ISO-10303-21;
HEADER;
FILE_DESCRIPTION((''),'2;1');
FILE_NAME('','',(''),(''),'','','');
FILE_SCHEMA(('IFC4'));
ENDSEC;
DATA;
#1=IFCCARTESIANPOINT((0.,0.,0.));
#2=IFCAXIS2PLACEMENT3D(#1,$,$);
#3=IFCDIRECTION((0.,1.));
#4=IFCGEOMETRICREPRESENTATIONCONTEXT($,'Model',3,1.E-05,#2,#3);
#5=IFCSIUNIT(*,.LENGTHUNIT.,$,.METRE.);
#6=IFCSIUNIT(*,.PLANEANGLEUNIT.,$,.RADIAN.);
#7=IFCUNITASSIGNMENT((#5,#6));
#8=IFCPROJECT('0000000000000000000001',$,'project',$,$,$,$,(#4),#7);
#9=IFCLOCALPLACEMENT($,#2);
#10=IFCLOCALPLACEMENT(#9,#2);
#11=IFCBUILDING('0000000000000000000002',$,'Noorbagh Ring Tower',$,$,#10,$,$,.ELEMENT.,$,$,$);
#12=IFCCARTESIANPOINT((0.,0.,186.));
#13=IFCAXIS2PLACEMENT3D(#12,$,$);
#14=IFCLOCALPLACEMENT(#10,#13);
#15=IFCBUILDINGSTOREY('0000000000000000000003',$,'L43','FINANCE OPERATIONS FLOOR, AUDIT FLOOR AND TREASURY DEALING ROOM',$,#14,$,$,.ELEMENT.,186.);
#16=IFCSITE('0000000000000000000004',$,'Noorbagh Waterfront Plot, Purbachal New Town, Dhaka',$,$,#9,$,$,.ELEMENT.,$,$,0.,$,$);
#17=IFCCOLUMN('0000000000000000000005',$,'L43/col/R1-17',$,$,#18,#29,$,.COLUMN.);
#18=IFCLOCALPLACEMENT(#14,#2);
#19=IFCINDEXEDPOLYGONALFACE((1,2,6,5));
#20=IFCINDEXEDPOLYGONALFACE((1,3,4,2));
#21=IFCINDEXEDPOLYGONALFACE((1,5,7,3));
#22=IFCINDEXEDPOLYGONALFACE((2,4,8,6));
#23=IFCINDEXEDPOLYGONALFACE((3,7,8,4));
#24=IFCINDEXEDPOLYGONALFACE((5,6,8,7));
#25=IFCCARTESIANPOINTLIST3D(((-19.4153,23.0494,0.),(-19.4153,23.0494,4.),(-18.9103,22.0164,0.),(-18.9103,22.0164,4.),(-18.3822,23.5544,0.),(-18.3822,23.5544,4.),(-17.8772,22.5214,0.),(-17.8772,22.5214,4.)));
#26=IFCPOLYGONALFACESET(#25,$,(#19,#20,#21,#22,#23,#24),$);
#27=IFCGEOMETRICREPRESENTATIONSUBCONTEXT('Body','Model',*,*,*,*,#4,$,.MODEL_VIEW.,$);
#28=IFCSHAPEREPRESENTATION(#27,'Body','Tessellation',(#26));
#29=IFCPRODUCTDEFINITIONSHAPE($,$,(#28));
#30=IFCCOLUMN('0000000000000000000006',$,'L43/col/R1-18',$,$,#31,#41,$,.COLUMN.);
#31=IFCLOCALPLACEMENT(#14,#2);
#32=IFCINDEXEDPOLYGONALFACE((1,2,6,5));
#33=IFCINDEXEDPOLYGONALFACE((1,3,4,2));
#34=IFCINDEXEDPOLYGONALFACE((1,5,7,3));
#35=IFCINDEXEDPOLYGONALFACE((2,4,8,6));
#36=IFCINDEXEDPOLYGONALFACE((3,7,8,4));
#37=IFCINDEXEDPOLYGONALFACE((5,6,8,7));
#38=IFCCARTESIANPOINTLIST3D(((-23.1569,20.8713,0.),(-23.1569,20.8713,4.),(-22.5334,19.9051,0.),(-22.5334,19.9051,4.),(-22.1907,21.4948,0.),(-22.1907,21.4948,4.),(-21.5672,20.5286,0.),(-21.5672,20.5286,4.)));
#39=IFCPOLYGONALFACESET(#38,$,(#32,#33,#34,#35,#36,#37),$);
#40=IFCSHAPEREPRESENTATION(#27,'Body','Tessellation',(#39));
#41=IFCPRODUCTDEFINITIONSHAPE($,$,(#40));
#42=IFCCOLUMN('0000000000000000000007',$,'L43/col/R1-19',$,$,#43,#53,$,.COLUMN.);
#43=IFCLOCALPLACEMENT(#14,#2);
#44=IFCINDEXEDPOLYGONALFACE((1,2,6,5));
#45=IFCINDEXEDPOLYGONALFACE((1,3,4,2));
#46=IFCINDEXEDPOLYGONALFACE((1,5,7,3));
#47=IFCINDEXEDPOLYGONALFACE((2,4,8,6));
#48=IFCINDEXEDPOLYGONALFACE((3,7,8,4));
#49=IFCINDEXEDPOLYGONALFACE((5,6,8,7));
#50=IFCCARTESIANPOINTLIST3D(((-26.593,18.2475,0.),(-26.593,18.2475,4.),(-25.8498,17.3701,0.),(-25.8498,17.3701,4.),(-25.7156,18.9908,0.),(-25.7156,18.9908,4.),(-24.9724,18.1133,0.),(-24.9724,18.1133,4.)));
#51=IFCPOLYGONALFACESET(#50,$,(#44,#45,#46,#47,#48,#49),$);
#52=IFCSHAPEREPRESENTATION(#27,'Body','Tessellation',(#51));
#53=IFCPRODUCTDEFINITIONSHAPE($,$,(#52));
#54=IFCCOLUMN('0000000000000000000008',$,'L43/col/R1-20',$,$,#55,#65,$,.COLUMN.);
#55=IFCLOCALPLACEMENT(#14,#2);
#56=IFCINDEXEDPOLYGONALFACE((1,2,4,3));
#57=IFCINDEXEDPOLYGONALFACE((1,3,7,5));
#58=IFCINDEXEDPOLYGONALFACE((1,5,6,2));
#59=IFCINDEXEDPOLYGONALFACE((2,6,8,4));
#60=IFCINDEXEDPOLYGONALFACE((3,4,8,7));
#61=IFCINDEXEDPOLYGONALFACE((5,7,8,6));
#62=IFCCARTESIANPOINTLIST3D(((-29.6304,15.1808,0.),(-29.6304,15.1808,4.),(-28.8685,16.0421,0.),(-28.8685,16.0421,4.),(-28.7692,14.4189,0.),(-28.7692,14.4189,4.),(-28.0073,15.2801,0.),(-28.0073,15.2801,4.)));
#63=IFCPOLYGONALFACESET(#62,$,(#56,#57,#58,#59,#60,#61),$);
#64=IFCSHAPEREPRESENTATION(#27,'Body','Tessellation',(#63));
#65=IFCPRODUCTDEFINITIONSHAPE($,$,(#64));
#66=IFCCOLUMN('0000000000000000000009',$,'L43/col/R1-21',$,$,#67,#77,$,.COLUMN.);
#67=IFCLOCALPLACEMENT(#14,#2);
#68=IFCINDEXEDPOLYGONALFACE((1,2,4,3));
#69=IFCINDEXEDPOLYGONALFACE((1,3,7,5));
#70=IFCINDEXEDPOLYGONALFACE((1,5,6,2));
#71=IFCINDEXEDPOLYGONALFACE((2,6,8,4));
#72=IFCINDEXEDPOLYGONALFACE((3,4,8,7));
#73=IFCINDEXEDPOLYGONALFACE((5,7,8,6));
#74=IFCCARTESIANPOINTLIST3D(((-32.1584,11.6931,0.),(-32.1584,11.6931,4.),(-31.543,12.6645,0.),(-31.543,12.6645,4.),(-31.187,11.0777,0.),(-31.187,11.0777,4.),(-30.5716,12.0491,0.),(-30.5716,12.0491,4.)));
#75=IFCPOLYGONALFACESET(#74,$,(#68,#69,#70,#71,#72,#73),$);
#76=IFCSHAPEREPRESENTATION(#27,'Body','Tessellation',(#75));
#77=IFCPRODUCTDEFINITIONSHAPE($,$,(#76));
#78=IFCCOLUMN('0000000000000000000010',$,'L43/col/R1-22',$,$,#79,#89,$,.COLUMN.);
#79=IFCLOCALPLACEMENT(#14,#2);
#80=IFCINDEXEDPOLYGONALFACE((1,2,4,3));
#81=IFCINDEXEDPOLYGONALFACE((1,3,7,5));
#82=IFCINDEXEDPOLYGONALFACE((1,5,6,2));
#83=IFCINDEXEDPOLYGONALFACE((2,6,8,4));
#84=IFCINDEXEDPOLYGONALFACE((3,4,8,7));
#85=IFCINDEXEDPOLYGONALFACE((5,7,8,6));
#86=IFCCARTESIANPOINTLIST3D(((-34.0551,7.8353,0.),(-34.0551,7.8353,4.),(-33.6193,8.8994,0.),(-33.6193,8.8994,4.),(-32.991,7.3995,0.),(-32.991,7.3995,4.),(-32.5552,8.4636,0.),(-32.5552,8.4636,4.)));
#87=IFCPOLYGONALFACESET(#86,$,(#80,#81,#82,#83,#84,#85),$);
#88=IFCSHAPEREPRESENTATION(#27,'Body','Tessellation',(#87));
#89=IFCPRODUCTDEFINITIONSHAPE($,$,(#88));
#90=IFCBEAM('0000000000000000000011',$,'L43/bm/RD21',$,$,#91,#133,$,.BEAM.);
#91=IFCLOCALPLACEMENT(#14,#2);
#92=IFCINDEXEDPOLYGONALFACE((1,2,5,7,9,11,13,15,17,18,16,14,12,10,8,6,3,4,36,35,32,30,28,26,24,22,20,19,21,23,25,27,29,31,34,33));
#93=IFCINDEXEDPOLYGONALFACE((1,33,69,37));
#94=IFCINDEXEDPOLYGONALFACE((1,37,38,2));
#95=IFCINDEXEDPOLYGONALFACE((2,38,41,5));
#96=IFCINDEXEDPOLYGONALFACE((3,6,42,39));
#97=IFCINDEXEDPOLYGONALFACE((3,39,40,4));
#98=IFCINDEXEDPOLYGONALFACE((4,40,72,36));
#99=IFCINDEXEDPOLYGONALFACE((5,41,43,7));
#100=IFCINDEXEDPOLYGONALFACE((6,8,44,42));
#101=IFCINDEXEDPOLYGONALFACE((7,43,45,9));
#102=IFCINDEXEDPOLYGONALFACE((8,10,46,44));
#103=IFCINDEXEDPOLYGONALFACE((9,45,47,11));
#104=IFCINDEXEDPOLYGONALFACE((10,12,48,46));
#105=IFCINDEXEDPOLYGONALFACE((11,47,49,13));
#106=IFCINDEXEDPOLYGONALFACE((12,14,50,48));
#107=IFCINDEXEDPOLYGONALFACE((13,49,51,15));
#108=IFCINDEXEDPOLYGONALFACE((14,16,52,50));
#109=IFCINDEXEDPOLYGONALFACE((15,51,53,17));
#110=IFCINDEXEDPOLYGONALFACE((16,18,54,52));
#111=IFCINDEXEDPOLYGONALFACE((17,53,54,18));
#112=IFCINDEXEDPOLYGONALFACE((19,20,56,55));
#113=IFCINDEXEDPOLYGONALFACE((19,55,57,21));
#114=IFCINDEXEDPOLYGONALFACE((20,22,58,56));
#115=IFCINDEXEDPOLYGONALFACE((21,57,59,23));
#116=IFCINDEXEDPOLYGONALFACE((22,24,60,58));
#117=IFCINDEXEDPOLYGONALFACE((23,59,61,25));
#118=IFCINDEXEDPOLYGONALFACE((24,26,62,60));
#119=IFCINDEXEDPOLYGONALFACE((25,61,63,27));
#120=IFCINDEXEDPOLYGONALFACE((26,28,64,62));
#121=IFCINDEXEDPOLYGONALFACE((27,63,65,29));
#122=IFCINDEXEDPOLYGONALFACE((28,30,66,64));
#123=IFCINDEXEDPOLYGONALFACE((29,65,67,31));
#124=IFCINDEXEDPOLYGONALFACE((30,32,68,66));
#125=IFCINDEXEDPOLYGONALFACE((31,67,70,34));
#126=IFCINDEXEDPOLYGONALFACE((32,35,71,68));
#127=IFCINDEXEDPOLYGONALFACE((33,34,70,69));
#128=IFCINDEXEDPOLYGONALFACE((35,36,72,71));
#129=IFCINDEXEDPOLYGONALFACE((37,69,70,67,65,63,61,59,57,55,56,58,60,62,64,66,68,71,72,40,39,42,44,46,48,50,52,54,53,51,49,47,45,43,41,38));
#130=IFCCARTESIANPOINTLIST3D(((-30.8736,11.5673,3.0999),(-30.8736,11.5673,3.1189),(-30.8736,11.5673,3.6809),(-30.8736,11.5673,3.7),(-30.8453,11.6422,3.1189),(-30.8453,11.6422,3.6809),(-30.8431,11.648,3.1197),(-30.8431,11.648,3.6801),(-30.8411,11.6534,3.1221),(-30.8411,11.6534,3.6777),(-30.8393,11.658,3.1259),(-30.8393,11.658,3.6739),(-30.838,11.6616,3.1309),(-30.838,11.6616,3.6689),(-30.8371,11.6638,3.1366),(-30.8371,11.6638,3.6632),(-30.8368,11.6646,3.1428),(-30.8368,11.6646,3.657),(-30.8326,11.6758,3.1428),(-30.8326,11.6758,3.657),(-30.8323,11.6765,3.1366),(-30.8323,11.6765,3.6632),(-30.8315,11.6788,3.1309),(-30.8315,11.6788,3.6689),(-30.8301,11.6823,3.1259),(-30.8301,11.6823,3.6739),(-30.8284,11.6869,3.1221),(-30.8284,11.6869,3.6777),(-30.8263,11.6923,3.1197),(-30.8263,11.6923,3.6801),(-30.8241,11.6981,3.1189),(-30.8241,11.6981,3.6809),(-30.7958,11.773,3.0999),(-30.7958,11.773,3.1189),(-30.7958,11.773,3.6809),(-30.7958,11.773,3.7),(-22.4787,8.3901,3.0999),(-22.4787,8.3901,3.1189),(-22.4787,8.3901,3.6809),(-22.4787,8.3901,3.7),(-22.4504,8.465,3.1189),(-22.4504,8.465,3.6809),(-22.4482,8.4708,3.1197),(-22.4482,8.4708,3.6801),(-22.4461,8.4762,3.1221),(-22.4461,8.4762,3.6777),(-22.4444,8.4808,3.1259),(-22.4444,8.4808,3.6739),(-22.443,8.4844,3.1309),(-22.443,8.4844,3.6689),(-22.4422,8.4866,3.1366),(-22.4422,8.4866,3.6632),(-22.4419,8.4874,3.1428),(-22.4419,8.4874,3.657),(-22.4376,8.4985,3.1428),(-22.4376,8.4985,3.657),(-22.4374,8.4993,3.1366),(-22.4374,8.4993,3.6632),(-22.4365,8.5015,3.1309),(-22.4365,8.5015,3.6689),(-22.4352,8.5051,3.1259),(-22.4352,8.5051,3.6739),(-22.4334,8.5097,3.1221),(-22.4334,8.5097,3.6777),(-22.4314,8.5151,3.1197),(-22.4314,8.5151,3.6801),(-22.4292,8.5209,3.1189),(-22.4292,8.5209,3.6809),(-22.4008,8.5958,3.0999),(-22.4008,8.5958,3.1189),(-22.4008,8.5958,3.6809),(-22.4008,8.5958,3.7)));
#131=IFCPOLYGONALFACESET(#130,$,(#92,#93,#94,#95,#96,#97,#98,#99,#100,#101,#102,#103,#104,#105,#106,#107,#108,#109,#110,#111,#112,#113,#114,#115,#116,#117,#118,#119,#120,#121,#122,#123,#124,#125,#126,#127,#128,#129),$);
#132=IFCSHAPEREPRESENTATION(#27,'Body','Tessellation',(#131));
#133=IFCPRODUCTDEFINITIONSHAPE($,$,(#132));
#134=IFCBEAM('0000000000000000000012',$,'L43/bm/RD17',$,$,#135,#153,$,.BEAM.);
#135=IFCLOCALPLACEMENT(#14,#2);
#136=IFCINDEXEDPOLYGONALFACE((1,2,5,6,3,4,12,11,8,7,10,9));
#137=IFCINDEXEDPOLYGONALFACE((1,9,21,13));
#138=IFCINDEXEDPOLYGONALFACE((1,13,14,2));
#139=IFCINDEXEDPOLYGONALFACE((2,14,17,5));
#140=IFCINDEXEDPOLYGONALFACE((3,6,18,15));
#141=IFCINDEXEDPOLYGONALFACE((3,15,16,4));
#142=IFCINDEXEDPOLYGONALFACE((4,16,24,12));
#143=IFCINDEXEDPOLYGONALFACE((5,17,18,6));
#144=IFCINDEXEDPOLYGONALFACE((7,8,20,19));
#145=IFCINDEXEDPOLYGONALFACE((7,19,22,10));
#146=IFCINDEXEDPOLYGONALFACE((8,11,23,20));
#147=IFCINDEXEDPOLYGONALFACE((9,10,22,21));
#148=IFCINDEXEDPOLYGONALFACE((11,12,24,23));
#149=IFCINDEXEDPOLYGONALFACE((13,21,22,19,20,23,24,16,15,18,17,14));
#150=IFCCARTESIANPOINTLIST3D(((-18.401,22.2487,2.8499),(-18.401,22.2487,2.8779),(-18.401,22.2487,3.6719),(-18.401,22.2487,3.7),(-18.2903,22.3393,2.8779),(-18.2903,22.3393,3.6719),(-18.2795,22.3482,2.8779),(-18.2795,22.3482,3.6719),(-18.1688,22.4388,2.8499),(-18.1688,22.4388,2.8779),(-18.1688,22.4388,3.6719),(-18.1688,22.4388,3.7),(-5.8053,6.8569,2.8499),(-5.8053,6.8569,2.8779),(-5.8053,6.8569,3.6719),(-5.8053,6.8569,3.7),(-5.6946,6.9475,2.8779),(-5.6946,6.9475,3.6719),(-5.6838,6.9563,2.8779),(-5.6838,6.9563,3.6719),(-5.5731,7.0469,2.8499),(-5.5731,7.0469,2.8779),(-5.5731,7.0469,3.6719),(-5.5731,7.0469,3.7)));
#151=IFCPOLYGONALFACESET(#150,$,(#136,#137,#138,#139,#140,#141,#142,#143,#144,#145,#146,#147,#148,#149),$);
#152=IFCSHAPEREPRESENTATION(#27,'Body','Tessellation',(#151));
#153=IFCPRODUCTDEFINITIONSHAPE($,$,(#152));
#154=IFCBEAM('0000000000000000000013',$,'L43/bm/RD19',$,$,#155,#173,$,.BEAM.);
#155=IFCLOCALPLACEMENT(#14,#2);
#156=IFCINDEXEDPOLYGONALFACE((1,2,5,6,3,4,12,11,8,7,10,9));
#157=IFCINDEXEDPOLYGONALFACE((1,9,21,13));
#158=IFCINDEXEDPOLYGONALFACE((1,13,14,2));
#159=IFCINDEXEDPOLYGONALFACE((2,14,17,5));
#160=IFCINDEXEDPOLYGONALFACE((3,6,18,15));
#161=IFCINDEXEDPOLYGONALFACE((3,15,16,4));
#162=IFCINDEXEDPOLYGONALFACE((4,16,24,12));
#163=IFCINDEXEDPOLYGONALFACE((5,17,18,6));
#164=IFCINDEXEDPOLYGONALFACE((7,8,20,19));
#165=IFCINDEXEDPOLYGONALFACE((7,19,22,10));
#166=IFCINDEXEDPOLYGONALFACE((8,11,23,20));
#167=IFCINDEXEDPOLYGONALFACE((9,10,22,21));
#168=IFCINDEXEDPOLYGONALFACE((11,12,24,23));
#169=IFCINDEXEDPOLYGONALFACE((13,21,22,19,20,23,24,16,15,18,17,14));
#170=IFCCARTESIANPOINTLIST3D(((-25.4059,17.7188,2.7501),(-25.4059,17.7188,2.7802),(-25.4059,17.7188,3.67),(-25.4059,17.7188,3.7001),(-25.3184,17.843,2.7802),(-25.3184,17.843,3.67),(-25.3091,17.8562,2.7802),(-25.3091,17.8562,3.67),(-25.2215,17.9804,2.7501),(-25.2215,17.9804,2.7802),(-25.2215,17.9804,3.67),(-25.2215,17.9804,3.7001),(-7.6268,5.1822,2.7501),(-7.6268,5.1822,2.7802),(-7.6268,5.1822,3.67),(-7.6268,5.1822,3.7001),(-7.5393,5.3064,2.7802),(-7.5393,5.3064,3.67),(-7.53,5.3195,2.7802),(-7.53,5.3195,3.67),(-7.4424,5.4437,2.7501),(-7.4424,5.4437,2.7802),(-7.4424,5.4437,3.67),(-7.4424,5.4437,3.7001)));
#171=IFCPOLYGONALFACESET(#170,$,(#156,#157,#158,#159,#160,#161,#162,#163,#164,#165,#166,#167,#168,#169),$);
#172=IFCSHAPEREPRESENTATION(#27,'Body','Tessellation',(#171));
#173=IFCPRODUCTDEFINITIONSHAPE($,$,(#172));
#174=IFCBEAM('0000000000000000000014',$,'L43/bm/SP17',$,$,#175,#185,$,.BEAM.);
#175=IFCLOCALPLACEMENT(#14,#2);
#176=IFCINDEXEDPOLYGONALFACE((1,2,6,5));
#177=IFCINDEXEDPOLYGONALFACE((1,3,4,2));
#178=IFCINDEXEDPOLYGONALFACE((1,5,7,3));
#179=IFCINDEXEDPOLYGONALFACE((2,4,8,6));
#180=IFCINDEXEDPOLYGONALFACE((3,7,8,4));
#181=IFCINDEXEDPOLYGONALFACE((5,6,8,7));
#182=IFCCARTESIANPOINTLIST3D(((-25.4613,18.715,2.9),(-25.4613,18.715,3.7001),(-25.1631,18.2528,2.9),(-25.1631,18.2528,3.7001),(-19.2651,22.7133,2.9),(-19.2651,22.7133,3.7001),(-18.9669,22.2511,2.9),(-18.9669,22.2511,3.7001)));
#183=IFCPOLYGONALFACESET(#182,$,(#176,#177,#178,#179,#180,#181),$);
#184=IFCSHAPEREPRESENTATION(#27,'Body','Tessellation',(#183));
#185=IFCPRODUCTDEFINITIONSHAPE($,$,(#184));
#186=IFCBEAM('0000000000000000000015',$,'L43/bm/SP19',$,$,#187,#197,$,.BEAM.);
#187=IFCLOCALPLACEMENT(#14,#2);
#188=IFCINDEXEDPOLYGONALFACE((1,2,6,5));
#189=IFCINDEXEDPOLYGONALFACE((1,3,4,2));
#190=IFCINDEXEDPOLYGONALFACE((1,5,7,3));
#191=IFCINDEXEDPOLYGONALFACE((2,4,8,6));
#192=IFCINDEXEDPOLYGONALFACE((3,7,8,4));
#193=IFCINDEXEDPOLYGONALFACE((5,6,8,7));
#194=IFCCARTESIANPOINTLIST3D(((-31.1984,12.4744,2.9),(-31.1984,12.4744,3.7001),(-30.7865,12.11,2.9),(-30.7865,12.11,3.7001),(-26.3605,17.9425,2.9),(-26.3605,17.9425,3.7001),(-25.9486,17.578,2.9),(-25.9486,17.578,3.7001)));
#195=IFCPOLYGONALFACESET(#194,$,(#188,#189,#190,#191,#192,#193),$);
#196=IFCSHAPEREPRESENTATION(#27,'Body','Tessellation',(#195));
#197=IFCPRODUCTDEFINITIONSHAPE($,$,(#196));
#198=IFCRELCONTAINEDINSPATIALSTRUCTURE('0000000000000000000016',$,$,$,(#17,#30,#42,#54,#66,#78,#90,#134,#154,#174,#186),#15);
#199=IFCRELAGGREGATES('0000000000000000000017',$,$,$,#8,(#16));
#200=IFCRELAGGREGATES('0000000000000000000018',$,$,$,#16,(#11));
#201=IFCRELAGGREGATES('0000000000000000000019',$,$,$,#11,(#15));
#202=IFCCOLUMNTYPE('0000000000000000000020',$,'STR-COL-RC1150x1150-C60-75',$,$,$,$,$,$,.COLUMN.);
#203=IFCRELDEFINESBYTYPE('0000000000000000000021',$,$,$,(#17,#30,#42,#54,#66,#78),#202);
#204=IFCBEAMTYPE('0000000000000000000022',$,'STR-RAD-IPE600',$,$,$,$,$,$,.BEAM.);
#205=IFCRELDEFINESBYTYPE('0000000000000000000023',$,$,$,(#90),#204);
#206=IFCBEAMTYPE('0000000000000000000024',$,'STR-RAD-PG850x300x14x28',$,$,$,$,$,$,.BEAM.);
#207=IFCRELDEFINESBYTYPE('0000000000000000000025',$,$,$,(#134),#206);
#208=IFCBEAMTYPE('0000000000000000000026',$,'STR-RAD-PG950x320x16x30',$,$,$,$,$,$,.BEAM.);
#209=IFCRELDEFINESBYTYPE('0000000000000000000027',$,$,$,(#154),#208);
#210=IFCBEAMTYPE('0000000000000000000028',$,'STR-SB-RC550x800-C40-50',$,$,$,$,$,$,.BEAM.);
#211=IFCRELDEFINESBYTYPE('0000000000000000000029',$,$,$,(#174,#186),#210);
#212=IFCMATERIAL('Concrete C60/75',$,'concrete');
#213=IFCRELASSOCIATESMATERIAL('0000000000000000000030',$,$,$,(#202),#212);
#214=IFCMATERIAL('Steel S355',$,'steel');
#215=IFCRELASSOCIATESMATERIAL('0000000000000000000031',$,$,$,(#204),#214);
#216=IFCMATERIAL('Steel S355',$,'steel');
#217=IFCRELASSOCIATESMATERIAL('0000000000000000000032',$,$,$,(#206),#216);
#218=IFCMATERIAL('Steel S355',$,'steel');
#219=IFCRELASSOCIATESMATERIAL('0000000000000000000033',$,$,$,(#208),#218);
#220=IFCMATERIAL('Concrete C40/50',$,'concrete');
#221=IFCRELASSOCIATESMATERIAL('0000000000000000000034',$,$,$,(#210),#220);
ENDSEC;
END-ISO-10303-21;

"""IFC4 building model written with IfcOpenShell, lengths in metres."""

from ifc_helpers import new_model, si_unit, direction, frame, origin, origin_2d, place, context, subcontext, project, spatial, rectangle, i_section, extrude, material, material_profile, profile_set, type_object, element, save


model = new_model("IFC4")

# Units and contexts
model_context = context("Model", 3, precision=1e-05, world=origin(), true_north=direction((0.0, 1.0)))
body_context = subcontext(model_context, "Body", "Model", "MODEL_VIEW")
ifc_project = project(units=[si_unit("LENGTHUNIT", "METRE"), si_unit("PLANEANGLEUNIT", "RADIAN")], contexts=[model_context])

# Site, building, storey
site_placement = place(None, origin())
site = spatial("IfcSite", under=ifc_project, at=site_placement, Name="Noorbagh Waterfront Plot, Purbachal New Town, Dhaka", CompositionType="ELEMENT", RefElevation=0.0)
building_placement = place(site_placement, origin())
building = spatial("IfcBuilding", under=site, at=building_placement, Name="Noorbagh Ring Tower", CompositionType="ELEMENT")
storey_placement = place(building_placement, frame((0.0, 0.0, 186.0)))
storey = spatial("IfcBuildingStorey", under=building, at=storey_placement, Name="L43", Description="FINANCE OPERATIONS FLOOR, AUDIT FLOOR AND TREASURY DEALING ROOM", CompositionType="ELEMENT", Elevation=186.0)

# Columns
ifc_material_1 = material(Name="Concrete C60/75", Category="concrete")
ifc_material_profile_1 = material_profile(ifc_material_1, rectangle(XDim=1.1499, YDim=1.1499, at=origin_2d()), Name="RC1150x1150")
ifc_profile_set_1 = profile_set([ifc_material_profile_1], Name="Concrete C60/75")
column_type = type_object("IfcColumnType", Name="STR-COL-RC1150x1150-C60-75", PredefinedType="COLUMN", material=ifc_profile_set_1)
for number, where, z_axis, x_axis, name in (
    (1, (-18.6462, 22.7854, 0.0), (0.0, 0.0, 1.0), (-0.898399, -0.43918, 0.0), "L43/col/R1-17"),
    (2, (-22.3621, 20.7, 0.0), (0.0, 0.0, 1.0), (-0.840248, -0.542203, 0.0), "L43/col/R1-18"),
    (3, (-25.7827, 18.1804, 0.0), (0.0, 0.0, 1.0), (-0.763035, -0.646357, 0.0), "L43/col/R1-19"),
    (4, (-28.8188, 15.2305, 0.0), (0.0, 0.0, 1.0), (-0.662636, -0.748942, 0.0), "L43/col/R1-20"),
    (5, (-31.365, 11.8711, 0.0), (0.0, 0.0, 1.0), (-0.53519, -0.844731, 0.0), "L43/col/R1-21"),
    (6, (-33.3052, 8.1494, 0.0), (0.0, 0.0, 1.0), (-0.378989, -0.925401, 0.0), "L43/col/R1-22"),
):
    element("IfcColumn", number, at=place(storey_placement, frame(where, z_axis=z_axis, x_axis=x_axis)), inside=storey, type_object=column_type, Name=name, PredefinedType="COLUMN", context=body_context, shape_type="SweptSolid", body=[
        extrude(rectangle(XDim=1.1499, YDim=1.1499, at=origin_2d()), origin(), (0.0, 0.0, 1.0), 4.0),
    ])

# Beams
ifc_material_2 = material(Name="Steel S355", Category="steel")
ifc_material_profile_2 = material_profile(ifc_material_2, i_section(OverallWidth=0.22, OverallDepth=0.6001, WebThickness=0.012, FlangeThickness=0.019, FilletRadius=0.0239, at=origin_2d()), Name="IPE600")
ifc_profile_set_2 = profile_set([ifc_material_profile_2], Name="Steel S355")
beam_type_1 = type_object("IfcBeamType", Name="STR-RAD-IPE600", PredefinedType="BEAM", material=ifc_profile_set_2)
beam_1_placement = place(storey_placement, frame((-30.8347, 11.6702, 3.3999), z_axis=(0.935259, -0.353965, 0.0), x_axis=(0.353965, 0.935259, 0.0)))
element("IfcBeam", 7, at=beam_1_placement, inside=storey, type_object=beam_type_1, Name="L43/bm/RD21", PredefinedType="BEAM", context=body_context, shape_type="SweptSolid", body=[
    extrude(i_section(OverallWidth=0.22, OverallDepth=0.6001, WebThickness=0.012, FlangeThickness=0.019, FilletRadius=0.0239, at=origin_2d()), origin(), (0.0, 0.0, 1.0), 8.9761),
])
ifc_material_3 = material(Name="Steel S355", Category="steel")
ifc_material_profile_3 = material_profile(ifc_material_3, i_section(OverallWidth=0.3, OverallDepth=0.8501, WebThickness=0.0139, FlangeThickness=0.0281, at=origin_2d()), Name="PG850x300x14x28")
ifc_profile_set_3 = profile_set([ifc_material_profile_3], Name="Steel S355")
beam_type_2 = type_object("IfcBeamType", Name="STR-RAD-PG850x300x14x28", PredefinedType="BEAM", material=ifc_profile_set_3)
beam_2_placement = place(storey_placement, frame((-18.2849, 22.3438, 3.2749), z_axis=(0.633309, -0.773899, 0.0), x_axis=(0.773899, 0.633309, 0.0)))
element("IfcBeam", 8, at=beam_2_placement, inside=storey, type_object=beam_type_2, Name="L43/bm/RD17", PredefinedType="BEAM", context=body_context, shape_type="SweptSolid", body=[
    extrude(i_section(OverallWidth=0.3, OverallDepth=0.8501, WebThickness=0.0139, FlangeThickness=0.0281, at=origin_2d()), origin(), (0.0, 0.0, 1.0), 19.8887),
])
ifc_material_4 = material(Name="Steel S355", Category="steel")
ifc_material_profile_4 = material_profile(ifc_material_4, i_section(OverallWidth=0.3201, OverallDepth=0.95, WebThickness=0.0161, FlangeThickness=0.03, at=origin_2d()), Name="PG950x320x16x30")
ifc_profile_set_4 = profile_set([ifc_material_profile_4], Name="Steel S355")
beam_type_3 = type_object("IfcBeamType", Name="STR-RAD-PG950x320x16x30", PredefinedType="BEAM", material=ifc_profile_set_4)
beam_3_placement = place(storey_placement, frame((-25.3137, 17.8496, 3.2251), z_axis=(0.817256, -0.576275, 0.0), x_axis=(0.576275, 0.817256, 0.0)))
element("IfcBeam", 9, at=beam_3_placement, inside=storey, type_object=beam_type_3, Name="L43/bm/RD19", PredefinedType="BEAM", context=body_context, shape_type="SweptSolid", body=[
    extrude(i_section(OverallWidth=0.3201, OverallDepth=0.95, WebThickness=0.0161, FlangeThickness=0.03, at=origin_2d()), origin(), (0.0, 0.0, 1.0), 21.7546),
])
ifc_material_5 = material(Name="Concrete C40/50", Category="concrete")
ifc_material_profile_5 = material_profile(ifc_material_5, rectangle(XDim=0.55, YDim=0.8, at=origin_2d()), Name="RC550x800")
ifc_profile_set_5 = profile_set([ifc_material_profile_5], Name="Concrete C40/50")
beam_type_4 = type_object("IfcBeamType", Name="STR-SB-RC550x800-C40-50", PredefinedType="BEAM", material=ifc_profile_set_5)
beam_4_placement = place(storey_placement, frame((-19.116, 22.4822, 3.3), z_axis=(-0.840254, -0.542192, 0.0), x_axis=(0.542192, -0.840254, 0.0)))
element("IfcBeam", 10, at=beam_4_placement, inside=storey, type_object=beam_type_4, Name="L43/bm/SP17", PredefinedType="BEAM", context=body_context, shape_type="SweptSolid", body=[
    extrude(rectangle(XDim=0.55, YDim=0.8, at=origin_2d()), origin(), (0.0, 0.0, 1.0), 7.3743),
])
beam_5_placement = place(storey_placement, frame((-26.1545, 17.7603, 3.3), z_axis=(-0.662635, -0.748942, 0.0), x_axis=(0.748942, -0.662635, 0.0)))
element("IfcBeam", 11, at=beam_5_placement, inside=storey, type_object=beam_type_4, Name="L43/bm/SP19", PredefinedType="BEAM", context=body_context, shape_type="SweptSolid", body=[
    extrude(rectangle(XDim=0.55, YDim=0.8, at=origin_2d()), origin(), (0.0, 0.0, 1.0), 7.301),
])

save(model, "model.ifc")
